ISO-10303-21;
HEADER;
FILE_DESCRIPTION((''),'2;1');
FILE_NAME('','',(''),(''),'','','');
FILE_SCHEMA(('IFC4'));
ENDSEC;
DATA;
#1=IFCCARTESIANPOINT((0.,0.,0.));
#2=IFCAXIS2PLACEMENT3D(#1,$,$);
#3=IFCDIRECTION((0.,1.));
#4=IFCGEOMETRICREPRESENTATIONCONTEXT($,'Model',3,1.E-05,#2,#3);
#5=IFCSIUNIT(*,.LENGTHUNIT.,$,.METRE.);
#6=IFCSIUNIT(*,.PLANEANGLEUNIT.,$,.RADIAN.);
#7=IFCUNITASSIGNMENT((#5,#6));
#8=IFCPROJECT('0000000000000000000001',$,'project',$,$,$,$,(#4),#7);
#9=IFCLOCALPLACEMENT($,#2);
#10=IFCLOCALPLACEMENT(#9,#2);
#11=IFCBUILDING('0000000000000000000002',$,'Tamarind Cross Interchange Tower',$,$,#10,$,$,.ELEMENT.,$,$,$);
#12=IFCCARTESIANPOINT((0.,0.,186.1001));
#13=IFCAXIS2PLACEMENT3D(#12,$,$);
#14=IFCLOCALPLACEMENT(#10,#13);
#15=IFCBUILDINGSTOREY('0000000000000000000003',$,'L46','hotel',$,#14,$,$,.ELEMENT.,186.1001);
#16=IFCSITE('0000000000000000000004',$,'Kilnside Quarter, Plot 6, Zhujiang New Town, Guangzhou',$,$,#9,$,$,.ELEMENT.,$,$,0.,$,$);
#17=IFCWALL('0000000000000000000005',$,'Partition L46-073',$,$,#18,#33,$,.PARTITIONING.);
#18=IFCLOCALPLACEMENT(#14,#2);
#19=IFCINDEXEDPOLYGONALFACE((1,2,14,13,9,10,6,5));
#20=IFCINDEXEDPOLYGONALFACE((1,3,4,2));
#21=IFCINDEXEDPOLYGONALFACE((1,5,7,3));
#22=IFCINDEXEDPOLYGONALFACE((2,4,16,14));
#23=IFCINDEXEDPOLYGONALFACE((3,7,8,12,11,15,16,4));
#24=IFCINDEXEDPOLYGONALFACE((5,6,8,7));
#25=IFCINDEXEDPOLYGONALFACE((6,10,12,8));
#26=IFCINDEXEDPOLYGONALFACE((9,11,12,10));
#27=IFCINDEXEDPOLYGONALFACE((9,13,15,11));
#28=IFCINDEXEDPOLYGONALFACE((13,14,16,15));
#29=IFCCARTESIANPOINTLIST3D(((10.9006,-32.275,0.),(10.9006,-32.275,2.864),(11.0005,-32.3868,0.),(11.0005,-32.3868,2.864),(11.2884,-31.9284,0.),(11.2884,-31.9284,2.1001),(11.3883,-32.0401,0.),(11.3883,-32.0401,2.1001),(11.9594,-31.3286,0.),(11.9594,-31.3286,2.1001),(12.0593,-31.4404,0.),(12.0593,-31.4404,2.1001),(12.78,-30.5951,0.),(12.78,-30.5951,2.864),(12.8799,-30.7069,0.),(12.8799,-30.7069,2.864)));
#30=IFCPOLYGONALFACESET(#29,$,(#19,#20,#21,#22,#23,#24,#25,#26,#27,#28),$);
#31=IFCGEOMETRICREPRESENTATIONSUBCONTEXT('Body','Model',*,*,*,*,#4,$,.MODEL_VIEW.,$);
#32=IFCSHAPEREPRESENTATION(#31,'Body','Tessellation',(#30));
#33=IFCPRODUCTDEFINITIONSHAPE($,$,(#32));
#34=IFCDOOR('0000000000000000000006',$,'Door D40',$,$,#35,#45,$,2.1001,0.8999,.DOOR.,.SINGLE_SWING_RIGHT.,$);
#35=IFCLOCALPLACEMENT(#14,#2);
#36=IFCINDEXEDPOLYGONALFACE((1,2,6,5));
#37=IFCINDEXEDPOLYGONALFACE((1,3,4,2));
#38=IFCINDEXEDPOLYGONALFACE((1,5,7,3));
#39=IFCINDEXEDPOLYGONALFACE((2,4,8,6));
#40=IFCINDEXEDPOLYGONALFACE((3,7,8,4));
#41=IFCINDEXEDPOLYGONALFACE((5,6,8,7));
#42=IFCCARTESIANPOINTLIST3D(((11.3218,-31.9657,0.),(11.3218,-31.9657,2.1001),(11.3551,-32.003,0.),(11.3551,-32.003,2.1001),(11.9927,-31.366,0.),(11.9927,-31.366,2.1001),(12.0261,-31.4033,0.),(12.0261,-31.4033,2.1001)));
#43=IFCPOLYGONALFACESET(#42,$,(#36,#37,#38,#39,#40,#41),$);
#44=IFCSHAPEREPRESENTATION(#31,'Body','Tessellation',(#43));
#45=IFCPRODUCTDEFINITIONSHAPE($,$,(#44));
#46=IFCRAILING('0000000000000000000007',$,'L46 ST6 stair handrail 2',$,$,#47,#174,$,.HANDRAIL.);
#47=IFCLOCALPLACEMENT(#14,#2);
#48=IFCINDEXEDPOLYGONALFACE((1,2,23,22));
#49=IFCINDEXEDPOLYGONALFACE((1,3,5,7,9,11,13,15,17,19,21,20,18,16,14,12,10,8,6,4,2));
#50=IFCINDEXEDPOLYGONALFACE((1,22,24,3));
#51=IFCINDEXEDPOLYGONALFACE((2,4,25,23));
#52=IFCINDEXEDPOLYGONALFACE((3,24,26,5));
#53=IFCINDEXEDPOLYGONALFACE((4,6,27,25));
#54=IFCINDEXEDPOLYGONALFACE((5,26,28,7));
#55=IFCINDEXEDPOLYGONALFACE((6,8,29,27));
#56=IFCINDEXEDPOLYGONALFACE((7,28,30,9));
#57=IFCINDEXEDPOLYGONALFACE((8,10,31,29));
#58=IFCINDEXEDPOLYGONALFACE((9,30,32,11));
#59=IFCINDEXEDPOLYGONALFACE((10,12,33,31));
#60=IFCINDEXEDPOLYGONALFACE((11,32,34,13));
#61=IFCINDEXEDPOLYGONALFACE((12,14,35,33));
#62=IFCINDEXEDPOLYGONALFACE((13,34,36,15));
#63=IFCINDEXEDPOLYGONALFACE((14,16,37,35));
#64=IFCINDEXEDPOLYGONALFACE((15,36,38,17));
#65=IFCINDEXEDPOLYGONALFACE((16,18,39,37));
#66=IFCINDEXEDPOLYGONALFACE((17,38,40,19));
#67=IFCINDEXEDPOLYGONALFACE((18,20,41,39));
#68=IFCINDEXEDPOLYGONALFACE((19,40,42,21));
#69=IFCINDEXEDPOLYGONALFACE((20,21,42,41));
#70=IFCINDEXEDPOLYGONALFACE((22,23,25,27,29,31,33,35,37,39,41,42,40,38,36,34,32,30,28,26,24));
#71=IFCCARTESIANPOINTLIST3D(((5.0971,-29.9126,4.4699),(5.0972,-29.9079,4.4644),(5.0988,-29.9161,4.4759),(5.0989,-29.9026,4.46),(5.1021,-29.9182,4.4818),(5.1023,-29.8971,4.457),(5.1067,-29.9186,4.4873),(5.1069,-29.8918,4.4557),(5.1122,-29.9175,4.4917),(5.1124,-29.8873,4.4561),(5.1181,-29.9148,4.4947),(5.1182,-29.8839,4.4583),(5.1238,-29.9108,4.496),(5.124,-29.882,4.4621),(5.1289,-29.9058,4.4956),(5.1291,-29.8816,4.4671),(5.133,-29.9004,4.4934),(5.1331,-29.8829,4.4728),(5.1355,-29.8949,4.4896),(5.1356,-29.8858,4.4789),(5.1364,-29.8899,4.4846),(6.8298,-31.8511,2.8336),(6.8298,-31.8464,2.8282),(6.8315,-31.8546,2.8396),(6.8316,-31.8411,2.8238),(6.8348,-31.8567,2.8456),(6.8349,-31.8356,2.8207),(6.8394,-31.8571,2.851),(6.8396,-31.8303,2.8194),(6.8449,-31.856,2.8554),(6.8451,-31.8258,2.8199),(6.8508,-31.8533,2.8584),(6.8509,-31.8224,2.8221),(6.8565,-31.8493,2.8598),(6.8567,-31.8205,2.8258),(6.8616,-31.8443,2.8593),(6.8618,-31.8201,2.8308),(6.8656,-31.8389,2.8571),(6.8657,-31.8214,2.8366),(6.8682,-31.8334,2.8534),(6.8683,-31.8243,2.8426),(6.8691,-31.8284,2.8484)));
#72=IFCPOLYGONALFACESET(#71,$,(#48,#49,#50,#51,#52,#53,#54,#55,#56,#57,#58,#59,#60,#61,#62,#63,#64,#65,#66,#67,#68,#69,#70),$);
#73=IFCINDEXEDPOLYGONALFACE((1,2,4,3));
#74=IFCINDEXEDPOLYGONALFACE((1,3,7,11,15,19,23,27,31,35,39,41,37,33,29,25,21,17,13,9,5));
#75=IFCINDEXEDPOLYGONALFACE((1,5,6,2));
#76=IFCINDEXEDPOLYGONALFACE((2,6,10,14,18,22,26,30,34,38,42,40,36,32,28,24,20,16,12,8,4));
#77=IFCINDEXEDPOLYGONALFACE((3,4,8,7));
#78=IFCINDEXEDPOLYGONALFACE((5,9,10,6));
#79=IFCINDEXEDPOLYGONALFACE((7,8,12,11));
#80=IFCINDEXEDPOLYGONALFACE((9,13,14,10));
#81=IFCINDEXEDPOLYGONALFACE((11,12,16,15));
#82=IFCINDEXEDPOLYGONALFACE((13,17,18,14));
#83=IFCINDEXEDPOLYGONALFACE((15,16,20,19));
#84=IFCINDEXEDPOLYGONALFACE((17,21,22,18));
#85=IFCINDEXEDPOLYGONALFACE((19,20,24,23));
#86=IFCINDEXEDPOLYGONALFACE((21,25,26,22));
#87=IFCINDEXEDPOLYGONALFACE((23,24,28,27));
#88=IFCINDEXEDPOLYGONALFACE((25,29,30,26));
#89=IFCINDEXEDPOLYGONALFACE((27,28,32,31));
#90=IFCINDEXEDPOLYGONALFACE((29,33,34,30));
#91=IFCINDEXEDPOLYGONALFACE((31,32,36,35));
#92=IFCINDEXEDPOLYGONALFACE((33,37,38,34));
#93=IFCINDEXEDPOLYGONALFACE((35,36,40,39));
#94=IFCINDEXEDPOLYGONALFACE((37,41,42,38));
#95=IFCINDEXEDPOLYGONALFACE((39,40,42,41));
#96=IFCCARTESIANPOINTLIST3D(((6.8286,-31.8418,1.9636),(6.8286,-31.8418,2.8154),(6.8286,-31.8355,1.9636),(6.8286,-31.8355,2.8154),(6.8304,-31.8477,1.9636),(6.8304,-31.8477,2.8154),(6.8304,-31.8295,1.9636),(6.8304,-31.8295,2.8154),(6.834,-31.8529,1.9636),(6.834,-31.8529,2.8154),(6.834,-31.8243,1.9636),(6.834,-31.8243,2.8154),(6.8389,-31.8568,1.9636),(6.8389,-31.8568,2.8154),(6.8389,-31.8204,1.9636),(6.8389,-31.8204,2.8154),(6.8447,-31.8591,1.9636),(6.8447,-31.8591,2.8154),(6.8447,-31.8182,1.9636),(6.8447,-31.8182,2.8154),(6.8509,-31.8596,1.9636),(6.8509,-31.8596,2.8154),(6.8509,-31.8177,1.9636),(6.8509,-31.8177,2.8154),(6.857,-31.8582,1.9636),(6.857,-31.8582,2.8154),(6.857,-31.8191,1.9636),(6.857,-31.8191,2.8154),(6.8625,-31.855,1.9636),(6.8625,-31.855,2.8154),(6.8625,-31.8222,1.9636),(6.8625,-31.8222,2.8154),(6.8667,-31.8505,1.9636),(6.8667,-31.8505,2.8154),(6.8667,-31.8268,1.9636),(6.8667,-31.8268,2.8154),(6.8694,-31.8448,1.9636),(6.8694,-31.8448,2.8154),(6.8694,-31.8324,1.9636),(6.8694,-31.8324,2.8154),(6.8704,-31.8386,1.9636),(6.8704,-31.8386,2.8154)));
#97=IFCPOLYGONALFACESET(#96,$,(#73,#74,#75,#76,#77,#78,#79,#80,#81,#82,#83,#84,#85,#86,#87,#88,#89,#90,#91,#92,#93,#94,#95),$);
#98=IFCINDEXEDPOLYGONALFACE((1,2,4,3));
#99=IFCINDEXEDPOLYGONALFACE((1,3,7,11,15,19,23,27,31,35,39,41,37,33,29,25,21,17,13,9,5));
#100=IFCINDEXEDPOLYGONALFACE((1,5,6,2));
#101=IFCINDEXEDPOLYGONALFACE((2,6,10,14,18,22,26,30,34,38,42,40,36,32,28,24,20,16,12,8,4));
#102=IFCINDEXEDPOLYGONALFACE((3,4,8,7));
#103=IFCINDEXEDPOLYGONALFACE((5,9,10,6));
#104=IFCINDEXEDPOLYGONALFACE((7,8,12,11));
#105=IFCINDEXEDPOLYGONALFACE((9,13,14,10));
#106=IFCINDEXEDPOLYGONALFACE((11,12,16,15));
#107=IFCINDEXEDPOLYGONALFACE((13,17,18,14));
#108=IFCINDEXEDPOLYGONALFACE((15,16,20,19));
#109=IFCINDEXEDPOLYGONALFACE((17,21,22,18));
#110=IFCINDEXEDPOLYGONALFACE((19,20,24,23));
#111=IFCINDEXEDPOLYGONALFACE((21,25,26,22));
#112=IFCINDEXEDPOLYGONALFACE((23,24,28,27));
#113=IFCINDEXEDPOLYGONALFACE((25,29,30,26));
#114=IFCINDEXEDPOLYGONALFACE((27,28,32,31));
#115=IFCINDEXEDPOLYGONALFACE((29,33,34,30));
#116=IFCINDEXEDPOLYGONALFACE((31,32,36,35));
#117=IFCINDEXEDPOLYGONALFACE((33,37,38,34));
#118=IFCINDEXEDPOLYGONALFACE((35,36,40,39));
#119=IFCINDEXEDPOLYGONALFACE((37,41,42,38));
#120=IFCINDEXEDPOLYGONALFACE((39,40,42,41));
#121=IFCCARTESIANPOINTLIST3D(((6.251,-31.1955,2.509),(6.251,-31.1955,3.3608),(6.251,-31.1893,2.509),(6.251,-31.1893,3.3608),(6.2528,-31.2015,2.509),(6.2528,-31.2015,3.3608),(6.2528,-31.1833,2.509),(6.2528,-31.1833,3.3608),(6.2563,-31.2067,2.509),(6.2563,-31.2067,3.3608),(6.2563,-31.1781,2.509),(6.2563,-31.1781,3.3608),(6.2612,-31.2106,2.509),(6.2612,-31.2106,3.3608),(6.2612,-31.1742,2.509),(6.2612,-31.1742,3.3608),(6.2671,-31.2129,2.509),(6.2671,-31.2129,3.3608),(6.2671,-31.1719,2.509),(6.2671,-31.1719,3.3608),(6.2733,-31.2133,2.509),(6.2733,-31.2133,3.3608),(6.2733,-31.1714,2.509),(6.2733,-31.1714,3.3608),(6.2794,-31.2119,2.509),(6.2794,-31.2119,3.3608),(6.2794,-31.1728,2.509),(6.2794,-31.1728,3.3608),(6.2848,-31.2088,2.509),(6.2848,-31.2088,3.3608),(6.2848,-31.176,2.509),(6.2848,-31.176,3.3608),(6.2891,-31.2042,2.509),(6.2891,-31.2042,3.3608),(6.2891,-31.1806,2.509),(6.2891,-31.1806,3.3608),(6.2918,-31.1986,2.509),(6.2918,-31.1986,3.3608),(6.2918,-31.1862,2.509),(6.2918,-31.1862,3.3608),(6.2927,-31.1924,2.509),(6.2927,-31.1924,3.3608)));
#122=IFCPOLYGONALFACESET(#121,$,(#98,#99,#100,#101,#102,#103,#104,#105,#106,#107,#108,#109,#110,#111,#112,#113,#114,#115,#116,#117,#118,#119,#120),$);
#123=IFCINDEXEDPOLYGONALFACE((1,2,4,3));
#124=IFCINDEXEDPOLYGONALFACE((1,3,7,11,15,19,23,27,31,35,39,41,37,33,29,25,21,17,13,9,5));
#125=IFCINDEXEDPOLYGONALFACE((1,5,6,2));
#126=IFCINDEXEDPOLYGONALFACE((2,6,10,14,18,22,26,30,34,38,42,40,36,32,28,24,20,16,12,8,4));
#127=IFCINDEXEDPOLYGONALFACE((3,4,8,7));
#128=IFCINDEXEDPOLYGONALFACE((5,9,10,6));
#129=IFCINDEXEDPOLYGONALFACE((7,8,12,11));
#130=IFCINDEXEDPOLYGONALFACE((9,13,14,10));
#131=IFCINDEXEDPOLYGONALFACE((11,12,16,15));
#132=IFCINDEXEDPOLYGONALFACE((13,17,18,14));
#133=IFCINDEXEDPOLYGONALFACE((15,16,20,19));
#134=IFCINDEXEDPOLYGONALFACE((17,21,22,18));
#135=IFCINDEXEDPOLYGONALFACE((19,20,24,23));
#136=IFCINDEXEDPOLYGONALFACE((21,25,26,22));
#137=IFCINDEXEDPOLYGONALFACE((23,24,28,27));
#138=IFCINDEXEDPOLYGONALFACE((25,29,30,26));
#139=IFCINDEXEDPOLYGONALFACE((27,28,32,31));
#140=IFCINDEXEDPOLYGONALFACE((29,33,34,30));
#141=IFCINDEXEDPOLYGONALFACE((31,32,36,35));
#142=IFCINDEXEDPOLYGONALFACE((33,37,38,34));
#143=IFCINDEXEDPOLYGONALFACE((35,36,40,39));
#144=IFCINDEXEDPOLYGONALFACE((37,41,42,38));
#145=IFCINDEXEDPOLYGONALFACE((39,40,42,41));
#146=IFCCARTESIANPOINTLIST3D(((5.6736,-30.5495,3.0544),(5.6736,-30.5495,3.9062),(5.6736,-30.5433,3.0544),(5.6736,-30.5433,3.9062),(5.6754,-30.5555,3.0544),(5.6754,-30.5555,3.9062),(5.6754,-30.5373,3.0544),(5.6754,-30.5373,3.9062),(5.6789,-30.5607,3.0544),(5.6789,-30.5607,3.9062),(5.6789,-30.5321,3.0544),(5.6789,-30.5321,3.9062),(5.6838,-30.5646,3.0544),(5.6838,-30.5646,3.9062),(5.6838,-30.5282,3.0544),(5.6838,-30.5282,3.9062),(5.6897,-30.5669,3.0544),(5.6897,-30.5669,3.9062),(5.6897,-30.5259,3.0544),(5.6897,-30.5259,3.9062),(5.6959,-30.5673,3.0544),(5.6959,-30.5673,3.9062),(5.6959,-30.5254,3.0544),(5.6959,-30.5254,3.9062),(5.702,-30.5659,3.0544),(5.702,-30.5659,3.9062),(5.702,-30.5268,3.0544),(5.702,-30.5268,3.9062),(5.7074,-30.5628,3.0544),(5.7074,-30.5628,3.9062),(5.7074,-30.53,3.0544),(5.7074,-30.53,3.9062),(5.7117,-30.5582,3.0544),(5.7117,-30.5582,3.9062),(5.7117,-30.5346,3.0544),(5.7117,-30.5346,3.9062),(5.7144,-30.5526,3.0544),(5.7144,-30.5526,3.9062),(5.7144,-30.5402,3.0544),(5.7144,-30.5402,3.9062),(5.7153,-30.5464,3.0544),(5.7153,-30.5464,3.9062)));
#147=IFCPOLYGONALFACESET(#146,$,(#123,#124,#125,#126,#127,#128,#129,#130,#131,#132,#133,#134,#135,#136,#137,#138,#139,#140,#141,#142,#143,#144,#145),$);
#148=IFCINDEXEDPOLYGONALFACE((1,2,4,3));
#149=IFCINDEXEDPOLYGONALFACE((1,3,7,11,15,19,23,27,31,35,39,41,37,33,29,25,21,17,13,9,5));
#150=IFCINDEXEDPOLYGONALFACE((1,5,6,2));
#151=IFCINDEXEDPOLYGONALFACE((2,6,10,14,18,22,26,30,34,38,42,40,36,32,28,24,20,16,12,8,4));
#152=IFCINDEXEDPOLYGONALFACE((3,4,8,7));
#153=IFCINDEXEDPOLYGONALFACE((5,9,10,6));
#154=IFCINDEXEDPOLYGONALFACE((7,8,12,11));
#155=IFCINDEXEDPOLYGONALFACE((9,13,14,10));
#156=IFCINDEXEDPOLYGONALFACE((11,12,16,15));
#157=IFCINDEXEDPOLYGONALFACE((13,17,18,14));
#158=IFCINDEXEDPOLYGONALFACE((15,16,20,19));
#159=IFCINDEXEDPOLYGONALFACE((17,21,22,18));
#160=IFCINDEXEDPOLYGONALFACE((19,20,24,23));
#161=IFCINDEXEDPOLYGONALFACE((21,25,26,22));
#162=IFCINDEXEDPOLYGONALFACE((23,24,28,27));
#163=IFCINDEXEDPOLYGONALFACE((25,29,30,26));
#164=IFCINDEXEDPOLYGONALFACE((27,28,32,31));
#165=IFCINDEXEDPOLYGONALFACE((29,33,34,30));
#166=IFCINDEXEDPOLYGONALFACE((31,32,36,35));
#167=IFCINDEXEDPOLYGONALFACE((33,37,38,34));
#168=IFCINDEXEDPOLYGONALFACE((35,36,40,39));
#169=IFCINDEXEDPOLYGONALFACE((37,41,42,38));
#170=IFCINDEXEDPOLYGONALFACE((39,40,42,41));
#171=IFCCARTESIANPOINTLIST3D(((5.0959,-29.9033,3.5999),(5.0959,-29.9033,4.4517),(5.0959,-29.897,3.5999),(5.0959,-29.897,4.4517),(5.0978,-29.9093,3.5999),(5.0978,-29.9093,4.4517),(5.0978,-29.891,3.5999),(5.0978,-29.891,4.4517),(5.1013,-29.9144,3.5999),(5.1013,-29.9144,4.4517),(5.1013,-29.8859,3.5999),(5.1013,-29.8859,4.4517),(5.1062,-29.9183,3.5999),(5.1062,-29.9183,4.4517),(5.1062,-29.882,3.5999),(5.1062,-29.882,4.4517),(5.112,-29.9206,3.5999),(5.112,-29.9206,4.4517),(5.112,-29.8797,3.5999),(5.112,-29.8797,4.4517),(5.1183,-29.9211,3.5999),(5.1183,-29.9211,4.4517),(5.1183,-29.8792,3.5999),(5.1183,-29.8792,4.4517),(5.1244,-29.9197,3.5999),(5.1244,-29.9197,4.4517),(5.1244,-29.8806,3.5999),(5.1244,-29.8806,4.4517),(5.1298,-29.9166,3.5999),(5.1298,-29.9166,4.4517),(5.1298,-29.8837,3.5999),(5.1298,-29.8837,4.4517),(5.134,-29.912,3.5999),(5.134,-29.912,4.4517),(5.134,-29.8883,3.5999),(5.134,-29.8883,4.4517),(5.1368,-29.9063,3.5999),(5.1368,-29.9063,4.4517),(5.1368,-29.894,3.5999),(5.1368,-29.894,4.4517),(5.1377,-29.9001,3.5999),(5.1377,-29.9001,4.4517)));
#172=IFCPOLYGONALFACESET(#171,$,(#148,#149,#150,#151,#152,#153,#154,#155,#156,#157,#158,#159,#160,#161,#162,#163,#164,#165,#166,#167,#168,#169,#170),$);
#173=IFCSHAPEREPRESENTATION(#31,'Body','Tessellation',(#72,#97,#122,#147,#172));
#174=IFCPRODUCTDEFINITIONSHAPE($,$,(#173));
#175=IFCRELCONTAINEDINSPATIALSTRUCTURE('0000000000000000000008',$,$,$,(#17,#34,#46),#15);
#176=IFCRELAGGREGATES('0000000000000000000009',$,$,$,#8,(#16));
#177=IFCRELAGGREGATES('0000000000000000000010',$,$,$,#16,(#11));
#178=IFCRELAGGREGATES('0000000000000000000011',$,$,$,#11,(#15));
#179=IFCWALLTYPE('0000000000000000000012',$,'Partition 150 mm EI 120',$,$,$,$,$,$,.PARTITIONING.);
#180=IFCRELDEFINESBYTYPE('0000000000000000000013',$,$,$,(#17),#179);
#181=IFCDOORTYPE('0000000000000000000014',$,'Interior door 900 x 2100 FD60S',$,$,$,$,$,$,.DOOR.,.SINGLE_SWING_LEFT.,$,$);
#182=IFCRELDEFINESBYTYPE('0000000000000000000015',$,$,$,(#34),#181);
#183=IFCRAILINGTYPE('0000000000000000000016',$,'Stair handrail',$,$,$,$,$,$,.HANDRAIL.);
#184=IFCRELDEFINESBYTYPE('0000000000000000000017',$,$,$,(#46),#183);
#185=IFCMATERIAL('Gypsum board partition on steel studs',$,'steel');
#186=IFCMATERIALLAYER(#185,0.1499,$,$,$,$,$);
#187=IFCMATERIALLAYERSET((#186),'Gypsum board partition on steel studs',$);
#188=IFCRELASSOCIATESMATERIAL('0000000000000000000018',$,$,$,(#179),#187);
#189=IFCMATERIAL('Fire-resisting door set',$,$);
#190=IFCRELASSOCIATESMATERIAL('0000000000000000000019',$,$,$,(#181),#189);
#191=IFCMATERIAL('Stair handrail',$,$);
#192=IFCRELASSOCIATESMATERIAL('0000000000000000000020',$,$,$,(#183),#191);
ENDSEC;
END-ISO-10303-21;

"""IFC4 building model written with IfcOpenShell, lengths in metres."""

from ifc_helpers import new_model, si_unit, direction, frame, frame_2d, origin, origin_2d, place, context, subcontext, project, spatial, rectangle, circle, extrude, material, layer, layer_set, type_object, element, fill, save


model = new_model("IFC4")

# Units and contexts
model_context = context("Model", 3, precision=1e-05, world=origin(), true_north=direction((0.0, 1.0)))
body_context = subcontext(model_context, "Body", "Model", "MODEL_VIEW")
ifc_project = project(units=[si_unit("LENGTHUNIT", "METRE"), si_unit("PLANEANGLEUNIT", "RADIAN")], contexts=[model_context])

# Site, building, storey
site_placement = place(None, origin())
site = spatial("IfcSite", under=ifc_project, at=site_placement, Name="Kilnside Quarter, Plot 6, Zhujiang New Town, Guangzhou", CompositionType="ELEMENT", RefElevation=0.0)
building_placement = place(site_placement, origin())
building = spatial("IfcBuilding", under=site, at=building_placement, Name="Tamarind Cross Interchange Tower", CompositionType="ELEMENT")
storey_placement = place(building_placement, frame((0.0, 0.0, 186.1001)))
storey = spatial("IfcBuildingStorey", under=building, at=storey_placement, Name="L46", Description="hotel", CompositionType="ELEMENT", Elevation=186.1001)

# Shared definitions
ifc_material_1 = material(Name="Gypsum board partition on steel studs", Category="steel")
ifc_layer_1 = layer(ifc_material_1, 0.1499)
ifc_layer_set_1 = layer_set([ifc_layer_1], Name="Gypsum board partition on steel studs")
wall_type = type_object("IfcWallType", Name="Partition 150 mm EI 120", PredefinedType="PARTITIONING", material=ifc_layer_set_1)

# Shared definitions
ifc_material_2 = material(Name="Fire-resisting door set")

# Shared definitions
door_type_1 = type_object("IfcDoorType", Name="Interior door 900 x 2100 FD60S", OperationType="SINGLE_SWING_LEFT", PredefinedType="DOOR", material=ifc_material_2)

# Wall, opening, door
wall_1_placement = place(storey_placement, frame((10.9507, -32.3308, 0.0), z_axis=(0.0, 0.0, 1.0), x_axis=(0.745563, 0.666435, 0.0)))
wall_1 = element("IfcWall", 1, at=wall_1_placement, inside=storey, type_object=wall_type, Name="Partition L46-073", PredefinedType="PARTITIONING", context=body_context, shape_type="SweptSolid", body=[
    extrude(rectangle(XDim=2.5208, YDim=0.1499, at=frame_2d((1.2603, 0.0))), origin(), (0.0, 0.0, 1.0), 2.864),
])
opening_1_placement = place(wall_1_placement, frame((0.52, 0.0, 0.0)))
opening_1 = element("IfcOpeningElement", 2, at=opening_1_placement, cuts=wall_1, PredefinedType="OPENING", context=body_context, shape_type="SweptSolid", body=[
    extrude(rectangle(XDim=0.8999, YDim=2.1001, at=frame_2d((0.45, 1.05))), frame((0.0, 0.085, 0.0), z_axis=(0.0, -1.0, 0.0), x_axis=(1.0, 0.0, 0.0)), (0.0, 0.0, 1.0), 0.1699),
])
door_1_placement = place(opening_1_placement, origin())
door_1 = element("IfcDoor", 3, at=door_1_placement, inside=storey, type_object=door_type_1, Name="Door D40", OperationType="SINGLE_SWING_RIGHT", OverallHeight=2.1001, OverallWidth=0.8999, PredefinedType="DOOR", context=body_context, shape_type="SweptSolid", body=[
    extrude(rectangle(XDim=0.8999, YDim=2.1001, at=frame_2d((0.45, 1.05))), frame((0.0, 0.0249, 0.0), z_axis=(0.0, -1.0, 0.0), x_axis=(1.0, 0.0, 0.0)), (0.0, 0.0, 1.0), 0.05),
])
fill(opening_1, door_1)

# Railing
ifc_material_3 = material(Name="Stair handrail")
railing_type = type_object("IfcRailingType", Name="Stair handrail", PredefinedType="HANDRAIL", material=ifc_material_3)
railing_placement = place(storey_placement, frame((6.8494, -31.8386, 1.9636)))
element("IfcRailing", 4, at=railing_placement, inside=storey, type_object=railing_type, Name="L46 ST6 stair handrail 2", PredefinedType="HANDRAIL", context=body_context, shape_type="SweptSolid", body=[
    extrude(circle(Radius=0.0239, at=origin_2d()), frame((0.0, 0.0, 0.876), z_axis=(-0.564022, 0.631018, 0.53263), x_axis=(-0.745578, -0.666419, 0.0)), (0.0, 0.0, 1.0), 3.072),
    extrude(circle(Radius=0.021, at=origin_2d()), origin(), (0.0, 0.0, 1.0), 0.8518),
    extrude(circle(Radius=0.021, at=origin_2d()), frame((-0.5776, 0.6462, 0.5454)), (0.0, 0.0, 1.0), 0.8518),
    extrude(circle(Radius=0.021, at=origin_2d()), frame((-1.155, 1.2922, 1.0908)), (0.0, 0.0, 1.0), 0.8518),
    extrude(circle(Radius=0.021, at=origin_2d()), frame((-1.7327, 1.9385, 1.6362)), (0.0, 0.0, 1.0), 0.8518),
])

save(model, "model.ifc")
